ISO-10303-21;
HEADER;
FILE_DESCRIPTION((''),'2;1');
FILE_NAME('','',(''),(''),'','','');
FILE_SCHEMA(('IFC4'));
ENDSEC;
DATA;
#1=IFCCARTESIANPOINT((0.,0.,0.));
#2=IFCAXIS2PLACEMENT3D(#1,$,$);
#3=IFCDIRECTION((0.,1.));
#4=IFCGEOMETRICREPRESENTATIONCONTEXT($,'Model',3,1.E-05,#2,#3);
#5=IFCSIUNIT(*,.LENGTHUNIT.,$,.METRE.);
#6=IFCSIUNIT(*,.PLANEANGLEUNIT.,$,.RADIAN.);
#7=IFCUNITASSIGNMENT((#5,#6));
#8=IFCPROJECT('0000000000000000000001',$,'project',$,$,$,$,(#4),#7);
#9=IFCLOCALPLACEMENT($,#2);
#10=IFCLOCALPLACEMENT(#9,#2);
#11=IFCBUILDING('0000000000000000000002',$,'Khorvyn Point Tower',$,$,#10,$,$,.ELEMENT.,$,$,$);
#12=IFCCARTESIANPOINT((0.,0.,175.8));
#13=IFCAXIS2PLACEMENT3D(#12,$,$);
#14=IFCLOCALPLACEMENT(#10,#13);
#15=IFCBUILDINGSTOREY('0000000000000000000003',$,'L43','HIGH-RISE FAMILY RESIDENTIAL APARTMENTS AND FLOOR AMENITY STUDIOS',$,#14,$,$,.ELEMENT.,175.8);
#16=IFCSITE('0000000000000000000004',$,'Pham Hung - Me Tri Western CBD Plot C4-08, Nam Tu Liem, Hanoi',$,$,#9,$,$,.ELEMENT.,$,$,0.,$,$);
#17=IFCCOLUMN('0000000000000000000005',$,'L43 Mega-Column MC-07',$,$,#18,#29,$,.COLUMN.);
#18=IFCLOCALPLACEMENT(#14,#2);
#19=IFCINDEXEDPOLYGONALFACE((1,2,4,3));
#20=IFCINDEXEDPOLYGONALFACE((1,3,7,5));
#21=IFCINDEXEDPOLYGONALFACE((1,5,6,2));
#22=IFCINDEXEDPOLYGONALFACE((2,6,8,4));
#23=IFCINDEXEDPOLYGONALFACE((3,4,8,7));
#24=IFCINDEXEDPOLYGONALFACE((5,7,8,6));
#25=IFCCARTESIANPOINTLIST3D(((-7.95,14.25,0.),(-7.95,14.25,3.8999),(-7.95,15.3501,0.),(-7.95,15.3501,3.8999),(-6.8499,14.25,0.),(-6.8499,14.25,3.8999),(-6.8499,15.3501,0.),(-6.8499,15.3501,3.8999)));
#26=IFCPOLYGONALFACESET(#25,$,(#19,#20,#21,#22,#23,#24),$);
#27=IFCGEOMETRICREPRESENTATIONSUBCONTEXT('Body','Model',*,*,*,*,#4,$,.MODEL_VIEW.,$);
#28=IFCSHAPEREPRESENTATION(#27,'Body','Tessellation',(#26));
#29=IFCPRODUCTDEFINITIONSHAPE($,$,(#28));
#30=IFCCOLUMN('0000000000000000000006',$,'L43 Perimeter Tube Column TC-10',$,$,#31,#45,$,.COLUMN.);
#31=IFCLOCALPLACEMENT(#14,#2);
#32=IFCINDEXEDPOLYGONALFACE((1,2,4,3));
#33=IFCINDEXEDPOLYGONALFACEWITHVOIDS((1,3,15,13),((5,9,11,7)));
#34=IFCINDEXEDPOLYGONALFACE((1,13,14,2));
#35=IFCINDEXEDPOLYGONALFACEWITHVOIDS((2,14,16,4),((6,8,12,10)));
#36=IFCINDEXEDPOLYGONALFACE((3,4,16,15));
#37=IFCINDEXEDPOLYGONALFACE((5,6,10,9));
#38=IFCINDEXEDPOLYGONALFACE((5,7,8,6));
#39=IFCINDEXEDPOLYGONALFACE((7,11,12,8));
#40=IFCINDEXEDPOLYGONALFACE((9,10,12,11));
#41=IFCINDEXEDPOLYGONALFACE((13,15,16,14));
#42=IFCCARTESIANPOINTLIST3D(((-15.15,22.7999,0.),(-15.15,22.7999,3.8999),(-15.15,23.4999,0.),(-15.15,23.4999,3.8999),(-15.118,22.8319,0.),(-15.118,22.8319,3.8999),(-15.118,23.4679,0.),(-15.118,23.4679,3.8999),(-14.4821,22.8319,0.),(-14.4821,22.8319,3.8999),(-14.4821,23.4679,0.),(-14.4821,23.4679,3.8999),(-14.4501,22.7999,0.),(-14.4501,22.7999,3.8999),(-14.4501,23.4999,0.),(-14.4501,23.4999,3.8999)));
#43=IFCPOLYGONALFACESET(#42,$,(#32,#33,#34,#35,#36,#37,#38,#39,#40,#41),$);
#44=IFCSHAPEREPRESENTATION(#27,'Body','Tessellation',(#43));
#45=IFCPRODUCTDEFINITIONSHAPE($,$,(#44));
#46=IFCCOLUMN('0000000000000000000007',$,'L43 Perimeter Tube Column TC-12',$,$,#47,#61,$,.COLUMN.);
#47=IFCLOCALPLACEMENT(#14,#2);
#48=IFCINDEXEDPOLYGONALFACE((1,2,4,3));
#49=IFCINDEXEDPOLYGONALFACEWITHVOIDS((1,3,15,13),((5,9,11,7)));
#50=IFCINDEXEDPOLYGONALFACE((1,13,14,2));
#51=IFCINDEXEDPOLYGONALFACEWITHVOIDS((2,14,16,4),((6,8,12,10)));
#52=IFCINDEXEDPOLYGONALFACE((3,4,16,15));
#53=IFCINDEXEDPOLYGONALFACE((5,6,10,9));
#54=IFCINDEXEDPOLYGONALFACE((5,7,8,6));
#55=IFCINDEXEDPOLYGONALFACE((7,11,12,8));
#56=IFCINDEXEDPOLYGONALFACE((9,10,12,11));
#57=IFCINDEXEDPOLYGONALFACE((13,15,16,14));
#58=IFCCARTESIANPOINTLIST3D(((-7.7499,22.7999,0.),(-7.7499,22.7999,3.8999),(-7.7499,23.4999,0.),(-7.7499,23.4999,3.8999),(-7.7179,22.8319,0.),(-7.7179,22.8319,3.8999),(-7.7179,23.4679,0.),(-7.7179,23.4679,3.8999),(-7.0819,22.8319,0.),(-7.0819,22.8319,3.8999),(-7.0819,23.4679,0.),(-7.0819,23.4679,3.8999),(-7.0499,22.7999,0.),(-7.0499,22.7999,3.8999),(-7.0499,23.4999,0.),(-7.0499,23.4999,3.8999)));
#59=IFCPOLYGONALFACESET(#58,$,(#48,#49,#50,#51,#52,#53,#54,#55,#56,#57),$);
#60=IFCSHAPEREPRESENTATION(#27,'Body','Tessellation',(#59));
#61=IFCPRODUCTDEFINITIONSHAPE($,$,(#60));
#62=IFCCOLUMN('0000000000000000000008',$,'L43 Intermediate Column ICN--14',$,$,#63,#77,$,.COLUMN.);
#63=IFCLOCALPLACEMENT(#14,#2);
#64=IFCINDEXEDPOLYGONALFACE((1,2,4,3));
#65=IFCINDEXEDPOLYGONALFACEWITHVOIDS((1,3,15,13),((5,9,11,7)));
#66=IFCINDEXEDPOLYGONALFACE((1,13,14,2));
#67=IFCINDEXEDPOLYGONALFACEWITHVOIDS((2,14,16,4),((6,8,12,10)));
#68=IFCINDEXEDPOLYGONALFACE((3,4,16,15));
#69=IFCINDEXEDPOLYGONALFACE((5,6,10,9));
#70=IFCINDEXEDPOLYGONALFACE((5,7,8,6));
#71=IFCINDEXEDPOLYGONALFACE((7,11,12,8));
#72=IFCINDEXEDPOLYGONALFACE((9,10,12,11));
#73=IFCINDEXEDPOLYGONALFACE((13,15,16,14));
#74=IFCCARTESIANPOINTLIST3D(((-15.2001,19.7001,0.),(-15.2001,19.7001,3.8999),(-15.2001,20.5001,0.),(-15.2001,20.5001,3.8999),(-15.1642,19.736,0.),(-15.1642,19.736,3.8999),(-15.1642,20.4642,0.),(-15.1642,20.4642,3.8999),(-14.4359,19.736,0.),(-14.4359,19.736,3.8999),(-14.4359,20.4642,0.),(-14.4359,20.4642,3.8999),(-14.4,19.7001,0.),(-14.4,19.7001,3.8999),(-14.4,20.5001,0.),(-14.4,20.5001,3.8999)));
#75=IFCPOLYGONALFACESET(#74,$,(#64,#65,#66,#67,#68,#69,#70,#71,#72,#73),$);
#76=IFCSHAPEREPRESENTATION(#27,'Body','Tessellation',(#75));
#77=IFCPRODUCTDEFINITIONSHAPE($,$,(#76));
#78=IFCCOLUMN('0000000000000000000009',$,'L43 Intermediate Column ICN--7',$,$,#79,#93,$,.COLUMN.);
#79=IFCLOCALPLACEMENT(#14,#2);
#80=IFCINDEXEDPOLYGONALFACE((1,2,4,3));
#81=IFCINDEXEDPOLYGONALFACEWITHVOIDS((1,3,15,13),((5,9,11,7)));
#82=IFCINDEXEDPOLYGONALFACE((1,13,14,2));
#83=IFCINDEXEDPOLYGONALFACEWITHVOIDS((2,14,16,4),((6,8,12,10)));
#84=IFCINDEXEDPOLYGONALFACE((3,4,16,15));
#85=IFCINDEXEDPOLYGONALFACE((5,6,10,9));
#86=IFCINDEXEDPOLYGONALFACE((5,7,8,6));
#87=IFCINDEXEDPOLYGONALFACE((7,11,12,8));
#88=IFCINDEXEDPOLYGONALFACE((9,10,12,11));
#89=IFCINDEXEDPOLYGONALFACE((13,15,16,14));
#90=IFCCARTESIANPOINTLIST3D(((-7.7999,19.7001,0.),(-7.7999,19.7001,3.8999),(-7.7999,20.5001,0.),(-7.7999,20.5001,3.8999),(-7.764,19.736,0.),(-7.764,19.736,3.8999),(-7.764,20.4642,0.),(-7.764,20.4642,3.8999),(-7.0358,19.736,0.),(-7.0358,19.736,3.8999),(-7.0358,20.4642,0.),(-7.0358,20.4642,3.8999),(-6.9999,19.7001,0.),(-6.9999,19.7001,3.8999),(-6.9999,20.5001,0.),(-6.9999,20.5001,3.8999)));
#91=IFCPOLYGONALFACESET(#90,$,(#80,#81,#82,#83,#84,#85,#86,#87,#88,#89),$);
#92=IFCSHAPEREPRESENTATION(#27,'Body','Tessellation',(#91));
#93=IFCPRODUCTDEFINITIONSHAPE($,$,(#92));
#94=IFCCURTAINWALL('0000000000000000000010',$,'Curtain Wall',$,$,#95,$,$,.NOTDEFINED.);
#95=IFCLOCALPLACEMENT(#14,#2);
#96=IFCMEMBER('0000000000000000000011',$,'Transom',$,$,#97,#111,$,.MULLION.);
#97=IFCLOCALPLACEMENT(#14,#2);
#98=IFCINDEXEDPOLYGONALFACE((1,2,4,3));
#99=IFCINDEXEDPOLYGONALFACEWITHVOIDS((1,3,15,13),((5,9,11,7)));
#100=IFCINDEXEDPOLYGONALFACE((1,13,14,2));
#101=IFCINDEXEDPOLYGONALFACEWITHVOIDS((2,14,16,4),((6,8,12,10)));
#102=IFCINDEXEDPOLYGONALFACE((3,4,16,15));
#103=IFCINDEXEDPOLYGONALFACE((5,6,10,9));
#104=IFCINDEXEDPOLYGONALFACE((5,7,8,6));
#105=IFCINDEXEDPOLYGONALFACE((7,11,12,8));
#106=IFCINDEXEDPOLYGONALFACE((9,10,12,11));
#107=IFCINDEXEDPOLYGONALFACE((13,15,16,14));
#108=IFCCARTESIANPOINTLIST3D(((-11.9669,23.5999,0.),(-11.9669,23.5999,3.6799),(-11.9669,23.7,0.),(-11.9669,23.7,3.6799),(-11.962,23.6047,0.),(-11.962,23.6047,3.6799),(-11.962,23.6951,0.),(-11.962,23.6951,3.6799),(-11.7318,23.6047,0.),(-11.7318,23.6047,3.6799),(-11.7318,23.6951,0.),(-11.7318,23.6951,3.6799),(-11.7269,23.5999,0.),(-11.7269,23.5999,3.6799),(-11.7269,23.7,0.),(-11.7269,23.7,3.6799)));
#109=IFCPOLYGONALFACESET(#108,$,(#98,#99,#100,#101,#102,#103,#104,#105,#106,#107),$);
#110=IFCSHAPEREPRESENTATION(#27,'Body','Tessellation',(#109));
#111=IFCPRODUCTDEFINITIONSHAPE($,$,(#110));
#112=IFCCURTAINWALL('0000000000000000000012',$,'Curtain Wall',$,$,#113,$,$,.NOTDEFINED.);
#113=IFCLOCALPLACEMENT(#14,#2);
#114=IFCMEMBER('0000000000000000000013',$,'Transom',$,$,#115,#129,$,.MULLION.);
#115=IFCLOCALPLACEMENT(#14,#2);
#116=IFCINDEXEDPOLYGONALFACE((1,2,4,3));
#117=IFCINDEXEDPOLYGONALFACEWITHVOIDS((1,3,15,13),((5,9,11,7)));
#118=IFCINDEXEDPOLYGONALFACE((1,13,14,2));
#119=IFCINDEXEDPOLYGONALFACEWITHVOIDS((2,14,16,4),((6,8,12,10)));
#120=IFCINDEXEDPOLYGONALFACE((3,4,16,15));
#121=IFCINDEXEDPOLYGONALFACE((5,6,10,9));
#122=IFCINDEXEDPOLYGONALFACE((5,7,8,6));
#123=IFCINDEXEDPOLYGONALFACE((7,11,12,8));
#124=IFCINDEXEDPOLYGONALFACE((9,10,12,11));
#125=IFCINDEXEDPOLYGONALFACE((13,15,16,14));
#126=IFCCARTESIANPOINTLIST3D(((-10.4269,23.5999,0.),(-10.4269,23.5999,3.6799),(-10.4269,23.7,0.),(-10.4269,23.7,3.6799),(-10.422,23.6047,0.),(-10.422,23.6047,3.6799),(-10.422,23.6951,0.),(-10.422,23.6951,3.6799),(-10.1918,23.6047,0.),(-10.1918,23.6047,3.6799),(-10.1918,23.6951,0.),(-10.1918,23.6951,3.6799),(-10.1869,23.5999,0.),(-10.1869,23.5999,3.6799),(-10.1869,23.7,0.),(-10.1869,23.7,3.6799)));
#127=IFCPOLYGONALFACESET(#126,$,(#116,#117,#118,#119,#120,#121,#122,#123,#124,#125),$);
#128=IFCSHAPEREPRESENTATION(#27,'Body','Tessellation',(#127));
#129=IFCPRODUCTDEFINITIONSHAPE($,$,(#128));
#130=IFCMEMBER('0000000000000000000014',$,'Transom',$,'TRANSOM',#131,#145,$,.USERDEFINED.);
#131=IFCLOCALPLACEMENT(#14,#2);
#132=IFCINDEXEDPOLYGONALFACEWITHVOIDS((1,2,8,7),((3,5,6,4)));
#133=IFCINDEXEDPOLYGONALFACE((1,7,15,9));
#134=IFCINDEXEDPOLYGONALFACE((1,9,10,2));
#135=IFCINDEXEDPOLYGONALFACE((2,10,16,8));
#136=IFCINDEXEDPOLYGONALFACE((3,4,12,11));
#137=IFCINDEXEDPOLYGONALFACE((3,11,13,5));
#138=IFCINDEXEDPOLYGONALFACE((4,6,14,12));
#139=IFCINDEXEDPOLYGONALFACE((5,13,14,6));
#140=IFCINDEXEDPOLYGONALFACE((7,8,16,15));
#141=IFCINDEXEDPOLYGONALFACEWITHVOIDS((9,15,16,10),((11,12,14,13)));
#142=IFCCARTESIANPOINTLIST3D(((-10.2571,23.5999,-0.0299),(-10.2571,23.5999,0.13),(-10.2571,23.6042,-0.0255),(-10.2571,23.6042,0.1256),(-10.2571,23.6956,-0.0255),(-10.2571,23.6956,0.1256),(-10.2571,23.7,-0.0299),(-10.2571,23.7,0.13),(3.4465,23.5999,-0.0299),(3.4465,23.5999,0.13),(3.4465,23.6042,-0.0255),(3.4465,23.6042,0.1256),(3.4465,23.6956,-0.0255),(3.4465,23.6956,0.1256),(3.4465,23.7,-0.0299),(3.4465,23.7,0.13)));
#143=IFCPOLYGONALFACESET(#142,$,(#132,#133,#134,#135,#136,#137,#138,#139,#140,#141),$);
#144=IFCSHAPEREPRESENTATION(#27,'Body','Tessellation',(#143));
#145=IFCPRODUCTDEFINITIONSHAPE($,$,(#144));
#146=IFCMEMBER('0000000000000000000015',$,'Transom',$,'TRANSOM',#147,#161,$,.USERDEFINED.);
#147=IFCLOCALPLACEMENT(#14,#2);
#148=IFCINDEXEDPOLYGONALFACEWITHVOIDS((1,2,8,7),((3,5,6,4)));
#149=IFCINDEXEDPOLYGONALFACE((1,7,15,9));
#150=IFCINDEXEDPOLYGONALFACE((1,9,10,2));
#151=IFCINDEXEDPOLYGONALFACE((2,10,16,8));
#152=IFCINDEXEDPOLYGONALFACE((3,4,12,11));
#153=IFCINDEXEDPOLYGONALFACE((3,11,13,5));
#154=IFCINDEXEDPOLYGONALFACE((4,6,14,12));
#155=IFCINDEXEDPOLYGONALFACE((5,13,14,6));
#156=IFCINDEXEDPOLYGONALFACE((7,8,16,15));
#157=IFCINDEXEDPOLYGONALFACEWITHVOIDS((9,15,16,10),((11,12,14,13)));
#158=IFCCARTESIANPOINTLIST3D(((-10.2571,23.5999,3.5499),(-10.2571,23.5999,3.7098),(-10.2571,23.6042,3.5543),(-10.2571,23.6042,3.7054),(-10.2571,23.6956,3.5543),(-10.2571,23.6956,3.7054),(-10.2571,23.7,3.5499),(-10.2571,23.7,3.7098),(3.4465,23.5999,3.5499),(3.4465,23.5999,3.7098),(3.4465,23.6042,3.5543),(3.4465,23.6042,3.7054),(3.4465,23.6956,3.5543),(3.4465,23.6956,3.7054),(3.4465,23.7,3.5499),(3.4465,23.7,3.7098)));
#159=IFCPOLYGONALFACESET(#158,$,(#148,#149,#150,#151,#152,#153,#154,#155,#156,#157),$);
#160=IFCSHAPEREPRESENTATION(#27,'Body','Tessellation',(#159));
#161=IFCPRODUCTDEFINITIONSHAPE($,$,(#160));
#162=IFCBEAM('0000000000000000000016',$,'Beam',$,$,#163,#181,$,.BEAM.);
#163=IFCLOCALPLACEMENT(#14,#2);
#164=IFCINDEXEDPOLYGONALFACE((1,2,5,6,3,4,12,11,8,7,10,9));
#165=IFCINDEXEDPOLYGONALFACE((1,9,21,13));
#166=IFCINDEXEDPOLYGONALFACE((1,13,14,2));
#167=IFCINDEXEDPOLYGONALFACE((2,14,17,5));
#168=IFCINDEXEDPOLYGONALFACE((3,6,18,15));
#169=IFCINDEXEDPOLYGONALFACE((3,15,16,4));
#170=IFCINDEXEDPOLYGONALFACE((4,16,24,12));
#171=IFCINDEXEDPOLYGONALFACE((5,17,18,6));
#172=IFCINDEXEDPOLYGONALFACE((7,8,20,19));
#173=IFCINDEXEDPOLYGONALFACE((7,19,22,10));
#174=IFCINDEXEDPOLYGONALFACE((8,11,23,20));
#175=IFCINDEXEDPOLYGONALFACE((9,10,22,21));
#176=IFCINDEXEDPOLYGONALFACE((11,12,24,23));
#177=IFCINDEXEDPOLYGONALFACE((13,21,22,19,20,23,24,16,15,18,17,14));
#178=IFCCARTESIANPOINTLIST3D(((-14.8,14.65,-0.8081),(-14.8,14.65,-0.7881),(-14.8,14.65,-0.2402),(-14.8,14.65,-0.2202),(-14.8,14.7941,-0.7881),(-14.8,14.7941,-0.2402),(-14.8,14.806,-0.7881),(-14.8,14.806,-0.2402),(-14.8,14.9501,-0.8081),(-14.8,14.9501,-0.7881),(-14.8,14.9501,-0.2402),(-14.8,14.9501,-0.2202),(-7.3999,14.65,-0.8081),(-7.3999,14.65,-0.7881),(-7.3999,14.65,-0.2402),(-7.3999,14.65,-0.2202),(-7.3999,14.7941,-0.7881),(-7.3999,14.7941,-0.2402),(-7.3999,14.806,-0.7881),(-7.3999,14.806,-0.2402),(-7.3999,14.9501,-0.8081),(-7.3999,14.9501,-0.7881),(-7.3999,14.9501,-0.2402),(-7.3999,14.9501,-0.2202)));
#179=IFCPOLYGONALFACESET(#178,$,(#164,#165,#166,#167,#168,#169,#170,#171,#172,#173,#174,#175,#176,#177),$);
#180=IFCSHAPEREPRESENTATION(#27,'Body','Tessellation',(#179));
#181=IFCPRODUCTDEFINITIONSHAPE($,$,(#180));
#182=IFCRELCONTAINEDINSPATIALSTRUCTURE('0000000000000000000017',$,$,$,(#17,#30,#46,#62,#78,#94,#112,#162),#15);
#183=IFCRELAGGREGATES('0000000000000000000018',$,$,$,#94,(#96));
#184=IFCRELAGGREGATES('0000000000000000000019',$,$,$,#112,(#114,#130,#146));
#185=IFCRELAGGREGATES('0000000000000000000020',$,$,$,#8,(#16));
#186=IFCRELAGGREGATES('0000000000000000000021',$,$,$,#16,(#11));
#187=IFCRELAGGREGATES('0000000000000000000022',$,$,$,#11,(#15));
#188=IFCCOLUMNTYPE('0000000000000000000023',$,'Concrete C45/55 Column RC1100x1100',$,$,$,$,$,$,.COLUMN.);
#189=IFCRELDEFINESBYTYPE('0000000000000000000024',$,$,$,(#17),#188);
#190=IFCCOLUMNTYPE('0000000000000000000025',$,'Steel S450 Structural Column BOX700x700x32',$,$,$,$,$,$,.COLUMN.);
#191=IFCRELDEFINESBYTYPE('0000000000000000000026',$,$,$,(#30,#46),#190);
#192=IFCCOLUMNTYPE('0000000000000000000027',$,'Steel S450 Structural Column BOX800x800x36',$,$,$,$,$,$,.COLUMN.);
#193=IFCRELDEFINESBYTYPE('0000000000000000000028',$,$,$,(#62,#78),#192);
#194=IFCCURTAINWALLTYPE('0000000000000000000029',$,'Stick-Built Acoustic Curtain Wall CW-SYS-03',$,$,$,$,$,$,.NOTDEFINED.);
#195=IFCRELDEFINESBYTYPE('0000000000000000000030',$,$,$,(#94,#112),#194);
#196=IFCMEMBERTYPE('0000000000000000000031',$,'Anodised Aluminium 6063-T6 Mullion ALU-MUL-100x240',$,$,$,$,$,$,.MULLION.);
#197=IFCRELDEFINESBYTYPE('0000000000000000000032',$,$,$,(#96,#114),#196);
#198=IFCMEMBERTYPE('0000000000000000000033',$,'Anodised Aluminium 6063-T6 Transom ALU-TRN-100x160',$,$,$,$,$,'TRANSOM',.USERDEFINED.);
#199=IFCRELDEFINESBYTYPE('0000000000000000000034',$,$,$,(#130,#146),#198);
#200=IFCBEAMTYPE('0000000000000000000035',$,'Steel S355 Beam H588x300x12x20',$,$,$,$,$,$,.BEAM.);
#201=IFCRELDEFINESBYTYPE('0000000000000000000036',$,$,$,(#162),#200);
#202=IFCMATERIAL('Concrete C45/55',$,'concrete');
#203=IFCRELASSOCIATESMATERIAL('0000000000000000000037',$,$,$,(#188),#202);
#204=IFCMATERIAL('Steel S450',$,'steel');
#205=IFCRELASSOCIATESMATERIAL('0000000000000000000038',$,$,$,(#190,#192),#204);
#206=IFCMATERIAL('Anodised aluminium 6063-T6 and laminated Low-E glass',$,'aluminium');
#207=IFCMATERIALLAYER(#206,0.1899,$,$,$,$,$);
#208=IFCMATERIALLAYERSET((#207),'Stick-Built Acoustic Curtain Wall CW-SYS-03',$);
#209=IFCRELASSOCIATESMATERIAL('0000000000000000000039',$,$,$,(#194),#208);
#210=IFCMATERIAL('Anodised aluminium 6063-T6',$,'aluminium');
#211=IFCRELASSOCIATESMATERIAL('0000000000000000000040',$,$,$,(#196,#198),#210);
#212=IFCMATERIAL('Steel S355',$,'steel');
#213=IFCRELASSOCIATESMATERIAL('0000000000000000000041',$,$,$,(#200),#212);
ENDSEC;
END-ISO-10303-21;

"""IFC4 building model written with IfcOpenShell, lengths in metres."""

from ifc_helpers import new_model, si_unit, direction, frame, origin, origin_2d, place, context, subcontext, project, spatial, rectangle, hollow_rectangle, i_section, extrude, material, layer, layer_set, material_profile, profile_set, type_object, element, aggregate, save


model = new_model("IFC4")

# Units and contexts
model_context = context("Model", 3, precision=1e-05, world=origin(), true_north=direction((0.0, 1.0)))
body_context = subcontext(model_context, "Body", "Model", "MODEL_VIEW")
ifc_project = project(units=[si_unit("LENGTHUNIT", "METRE"), si_unit("PLANEANGLEUNIT", "RADIAN")], contexts=[model_context])

# Site, building, storey
site_placement = place(None, origin())
site = spatial("IfcSite", under=ifc_project, at=site_placement, Name="Pham Hung - Me Tri Western CBD Plot C4-08, Nam Tu Liem, Hanoi", CompositionType="ELEMENT", RefElevation=0.0)
building_placement = place(site_placement, origin())
building = spatial("IfcBuilding", under=site, at=building_placement, Name="Khorvyn Point Tower", CompositionType="ELEMENT")
storey_placement = place(building_placement, frame((0.0, 0.0, 175.8)))
storey = spatial("IfcBuildingStorey", under=building, at=storey_placement, Name="L43", Description="HIGH-RISE FAMILY RESIDENTIAL APARTMENTS AND FLOOR AMENITY STUDIOS", CompositionType="ELEMENT", Elevation=175.8)

# Columns
ifc_material_1 = material(Name="Concrete C45/55", Category="concrete")
ifc_material_profile_1 = material_profile(ifc_material_1, rectangle(XDim=1.1001, YDim=1.1001, at=origin_2d()))
ifc_profile_set_1 = profile_set([ifc_material_profile_1], Name="Concrete C45/55 RC1100x1100")
column_type_1 = type_object("IfcColumnType", Name="Concrete C45/55 Column RC1100x1100", PredefinedType="COLUMN", material=ifc_profile_set_1)
column_placement = place(storey_placement, frame((-7.3999, 14.8, 0.0), z_axis=(0.0, 0.0, 1.0), x_axis=(1.0, 0.0, 0.0)))
element("IfcColumn", 1, at=column_placement, inside=storey, type_object=column_type_1, Name="L43 Mega-Column MC-07", PredefinedType="COLUMN", context=body_context, shape_type="SweptSolid", body=[
    extrude(rectangle(XDim=1.1001, YDim=1.1001, at=origin_2d()), origin(), (0.0, 0.0, 1.0), 3.8999),
])
ifc_material_2 = material(Name="Steel S450", Category="steel")
ifc_material_profile_2 = material_profile(ifc_material_2, hollow_rectangle(XDim=0.7, YDim=0.7, WallThickness=0.032, at=origin_2d()))
ifc_profile_set_2 = profile_set([ifc_material_profile_2], Name="Steel S450 BOX700x700x32")
column_type_2 = type_object("IfcColumnType", Name="Steel S450 Structural Column BOX700x700x32", PredefinedType="COLUMN", material=ifc_profile_set_2)
for number, where, z_axis, x_axis, name in (
    (2, (-14.8, 23.1499, 0.0), (0.0, 0.0, 1.0), (1.0, 0.0, 0.0), "L43 Perimeter Tube Column TC-10"),
    (3, (-7.3999, 23.1499, 0.0), (0.0, 0.0, 1.0), (1.0, 0.0, 0.0), "L43 Perimeter Tube Column TC-12"),
):
    element("IfcColumn", number, at=place(storey_placement, frame(where, z_axis=z_axis, x_axis=x_axis)), inside=storey, type_object=column_type_2, Name=name, PredefinedType="COLUMN", context=body_context, shape_type="SweptSolid", body=[
        extrude(hollow_rectangle(XDim=0.7, YDim=0.7, WallThickness=0.032, at=origin_2d()), origin(), (0.0, 0.0, 1.0), 3.8999),
    ])
ifc_material_profile_3 = material_profile(ifc_material_2, hollow_rectangle(XDim=0.8, YDim=0.8, WallThickness=0.0359, at=origin_2d()))
ifc_profile_set_3 = profile_set([ifc_material_profile_3], Name="Steel S450 BOX800x800x36")
column_type_3 = type_object("IfcColumnType", Name="Steel S450 Structural Column BOX800x800x36", PredefinedType="COLUMN", material=ifc_profile_set_3)
for number, where, z_axis, x_axis, name in (
    (4, (-14.8, 20.1001, 0.0), (0.0, 0.0, 1.0), (1.0, 0.0, 0.0), "L43 Intermediate Column ICN--14"),
    (5, (-7.3999, 20.1001, 0.0), (0.0, 0.0, 1.0), (1.0, 0.0, 0.0), "L43 Intermediate Column ICN--7"),
):
    element("IfcColumn", number, at=place(storey_placement, frame(where, z_axis=z_axis, x_axis=x_axis)), inside=storey, type_object=column_type_3, Name=name, PredefinedType="COLUMN", context=body_context, shape_type="SweptSolid", body=[
        extrude(hollow_rectangle(XDim=0.8, YDim=0.8, WallThickness=0.0359, at=origin_2d()), origin(), (0.0, 0.0, 1.0), 3.8999),
    ])

# Curtain wall, member
ifc_material_3 = material(Name="Anodised aluminium 6063-T6 and laminated Low-E glass", Category="aluminium")
ifc_layer_1 = layer(ifc_material_3, 0.1899)
ifc_layer_set_1 = layer_set([ifc_layer_1], Name="Stick-Built Acoustic Curtain Wall CW-SYS-03")
curtain_wall_type = type_object("IfcCurtainWallType", Name="Stick-Built Acoustic Curtain Wall CW-SYS-03", PredefinedType="NOTDEFINED", material=ifc_layer_set_1)
curtain_wall_1_placement = place(storey_placement, origin())
curtain_wall_1 = element("IfcCurtainWall", 6, at=curtain_wall_1_placement, inside=storey, type_object=curtain_wall_type, Name="Curtain Wall", PredefinedType="NOTDEFINED")
ifc_material_4 = material(Name="Anodised aluminium 6063-T6", Category="aluminium")
ifc_material_profile_4 = material_profile(ifc_material_4, hollow_rectangle(XDim=0.1001, YDim=0.24, WallThickness=0.0049, at=origin_2d()))
ifc_profile_set_4 = profile_set([ifc_material_profile_4], Name="Anodised aluminium 6063-T6 ALU-MUL-100x240")
member_type_1 = type_object("IfcMemberType", Name="Anodised Aluminium 6063-T6 Mullion ALU-MUL-100x240", PredefinedType="MULLION", material=ifc_profile_set_4)
member_1_placement = place(storey_placement, frame((-11.8469, 23.6499, 0.0), z_axis=(0.0, 0.0, 1.0), x_axis=(0.0, 1.0, 0.0)))
member_1 = element("IfcMember", 7, at=member_1_placement, type_object=member_type_1, Name="Transom", PredefinedType="MULLION", context=body_context, shape_type="SweptSolid", body=[
    extrude(hollow_rectangle(XDim=0.1001, YDim=0.24, WallThickness=0.0049, at=origin_2d()), origin(), (0.0, 0.0, 1.0), 3.6799),
])

# Curtain wall, members
curtain_wall_2_placement = place(storey_placement, origin())
curtain_wall_2 = element("IfcCurtainWall", 8, at=curtain_wall_2_placement, inside=storey, type_object=curtain_wall_type, Name="Curtain Wall", PredefinedType="NOTDEFINED")
member_2_placement = place(storey_placement, frame((-10.3069, 23.6499, 0.0), z_axis=(0.0, 0.0, 1.0), x_axis=(0.0, 1.0, 0.0)))
member_2 = element("IfcMember", 9, at=member_2_placement, type_object=member_type_1, Name="Transom", PredefinedType="MULLION", context=body_context, shape_type="SweptSolid", body=[
    extrude(hollow_rectangle(XDim=0.1001, YDim=0.24, WallThickness=0.0049, at=origin_2d()), origin(), (0.0, 0.0, 1.0), 3.6799),
])
ifc_material_profile_5 = material_profile(ifc_material_4, hollow_rectangle(XDim=0.1001, YDim=0.1599, WallThickness=0.0044, at=origin_2d()))
ifc_profile_set_5 = profile_set([ifc_material_profile_5], Name="Anodised aluminium 6063-T6 ALU-TRN-100x160")
member_type_2 = type_object("IfcMemberType", Name="Anodised Aluminium 6063-T6 Transom ALU-TRN-100x160", ElementType="TRANSOM", PredefinedType="USERDEFINED", material=ifc_profile_set_5)
member_3_placement = place(storey_placement, frame((-10.2571, 23.6499, 0.05), z_axis=(1.0, 0.0, 0.0), x_axis=(0.0, 1.0, 0.0)))
member_3 = element("IfcMember", 10, at=member_3_placement, type_object=member_type_2, Name="Transom", ObjectType="TRANSOM", PredefinedType="USERDEFINED", context=body_context, shape_type="SweptSolid", body=[
    extrude(hollow_rectangle(XDim=0.1001, YDim=0.1599, WallThickness=0.0044, at=origin_2d()), origin(), (0.0, 0.0, 1.0), 13.7036),
])
member_4_placement = place(storey_placement, frame((-10.2571, 23.6499, 3.6299), z_axis=(1.0, 0.0, 0.0), x_axis=(0.0, 1.0, 0.0)))
member_4 = element("IfcMember", 11, at=member_4_placement, type_object=member_type_2, Name="Transom", ObjectType="TRANSOM", PredefinedType="USERDEFINED", context=body_context, shape_type="SweptSolid", body=[
    extrude(hollow_rectangle(XDim=0.1001, YDim=0.1599, WallThickness=0.0044, at=origin_2d()), origin(), (0.0, 0.0, 1.0), 13.7036),
])

# Beam
ifc_material_5 = material(Name="Steel S355", Category="steel")
ifc_material_profile_6 = material_profile(ifc_material_5, i_section(OverallWidth=0.3, OverallDepth=0.5879, WebThickness=0.012, FlangeThickness=0.02, at=origin_2d()))
ifc_profile_set_6 = profile_set([ifc_material_profile_6], Name="Steel S355 H588x300x12x20")
beam_type_1 = type_object("IfcBeamType", Name="Steel S355 Beam H588x300x12x20", PredefinedType="BEAM", material=ifc_profile_set_6)
beam_1_placement = place(storey_placement, frame((-14.8, 14.8, -0.5142), z_axis=(1.0, 0.0, 0.0), x_axis=(0.0, 1.0, 0.0)))
element("IfcBeam", 12, at=beam_1_placement, inside=storey, type_object=beam_type_1, Name="Beam", PredefinedType="BEAM", context=body_context, shape_type="SweptSolid", body=[
    extrude(i_section(OverallWidth=0.3, OverallDepth=0.5879, WebThickness=0.012, FlangeThickness=0.02, at=origin_2d()), origin(), (0.0, 0.0, 1.0), 7.4001),
])

aggregate(curtain_wall_1, [member_1])
aggregate(curtain_wall_2, [member_2, member_3, member_4])

save(model, "model.ifc")
